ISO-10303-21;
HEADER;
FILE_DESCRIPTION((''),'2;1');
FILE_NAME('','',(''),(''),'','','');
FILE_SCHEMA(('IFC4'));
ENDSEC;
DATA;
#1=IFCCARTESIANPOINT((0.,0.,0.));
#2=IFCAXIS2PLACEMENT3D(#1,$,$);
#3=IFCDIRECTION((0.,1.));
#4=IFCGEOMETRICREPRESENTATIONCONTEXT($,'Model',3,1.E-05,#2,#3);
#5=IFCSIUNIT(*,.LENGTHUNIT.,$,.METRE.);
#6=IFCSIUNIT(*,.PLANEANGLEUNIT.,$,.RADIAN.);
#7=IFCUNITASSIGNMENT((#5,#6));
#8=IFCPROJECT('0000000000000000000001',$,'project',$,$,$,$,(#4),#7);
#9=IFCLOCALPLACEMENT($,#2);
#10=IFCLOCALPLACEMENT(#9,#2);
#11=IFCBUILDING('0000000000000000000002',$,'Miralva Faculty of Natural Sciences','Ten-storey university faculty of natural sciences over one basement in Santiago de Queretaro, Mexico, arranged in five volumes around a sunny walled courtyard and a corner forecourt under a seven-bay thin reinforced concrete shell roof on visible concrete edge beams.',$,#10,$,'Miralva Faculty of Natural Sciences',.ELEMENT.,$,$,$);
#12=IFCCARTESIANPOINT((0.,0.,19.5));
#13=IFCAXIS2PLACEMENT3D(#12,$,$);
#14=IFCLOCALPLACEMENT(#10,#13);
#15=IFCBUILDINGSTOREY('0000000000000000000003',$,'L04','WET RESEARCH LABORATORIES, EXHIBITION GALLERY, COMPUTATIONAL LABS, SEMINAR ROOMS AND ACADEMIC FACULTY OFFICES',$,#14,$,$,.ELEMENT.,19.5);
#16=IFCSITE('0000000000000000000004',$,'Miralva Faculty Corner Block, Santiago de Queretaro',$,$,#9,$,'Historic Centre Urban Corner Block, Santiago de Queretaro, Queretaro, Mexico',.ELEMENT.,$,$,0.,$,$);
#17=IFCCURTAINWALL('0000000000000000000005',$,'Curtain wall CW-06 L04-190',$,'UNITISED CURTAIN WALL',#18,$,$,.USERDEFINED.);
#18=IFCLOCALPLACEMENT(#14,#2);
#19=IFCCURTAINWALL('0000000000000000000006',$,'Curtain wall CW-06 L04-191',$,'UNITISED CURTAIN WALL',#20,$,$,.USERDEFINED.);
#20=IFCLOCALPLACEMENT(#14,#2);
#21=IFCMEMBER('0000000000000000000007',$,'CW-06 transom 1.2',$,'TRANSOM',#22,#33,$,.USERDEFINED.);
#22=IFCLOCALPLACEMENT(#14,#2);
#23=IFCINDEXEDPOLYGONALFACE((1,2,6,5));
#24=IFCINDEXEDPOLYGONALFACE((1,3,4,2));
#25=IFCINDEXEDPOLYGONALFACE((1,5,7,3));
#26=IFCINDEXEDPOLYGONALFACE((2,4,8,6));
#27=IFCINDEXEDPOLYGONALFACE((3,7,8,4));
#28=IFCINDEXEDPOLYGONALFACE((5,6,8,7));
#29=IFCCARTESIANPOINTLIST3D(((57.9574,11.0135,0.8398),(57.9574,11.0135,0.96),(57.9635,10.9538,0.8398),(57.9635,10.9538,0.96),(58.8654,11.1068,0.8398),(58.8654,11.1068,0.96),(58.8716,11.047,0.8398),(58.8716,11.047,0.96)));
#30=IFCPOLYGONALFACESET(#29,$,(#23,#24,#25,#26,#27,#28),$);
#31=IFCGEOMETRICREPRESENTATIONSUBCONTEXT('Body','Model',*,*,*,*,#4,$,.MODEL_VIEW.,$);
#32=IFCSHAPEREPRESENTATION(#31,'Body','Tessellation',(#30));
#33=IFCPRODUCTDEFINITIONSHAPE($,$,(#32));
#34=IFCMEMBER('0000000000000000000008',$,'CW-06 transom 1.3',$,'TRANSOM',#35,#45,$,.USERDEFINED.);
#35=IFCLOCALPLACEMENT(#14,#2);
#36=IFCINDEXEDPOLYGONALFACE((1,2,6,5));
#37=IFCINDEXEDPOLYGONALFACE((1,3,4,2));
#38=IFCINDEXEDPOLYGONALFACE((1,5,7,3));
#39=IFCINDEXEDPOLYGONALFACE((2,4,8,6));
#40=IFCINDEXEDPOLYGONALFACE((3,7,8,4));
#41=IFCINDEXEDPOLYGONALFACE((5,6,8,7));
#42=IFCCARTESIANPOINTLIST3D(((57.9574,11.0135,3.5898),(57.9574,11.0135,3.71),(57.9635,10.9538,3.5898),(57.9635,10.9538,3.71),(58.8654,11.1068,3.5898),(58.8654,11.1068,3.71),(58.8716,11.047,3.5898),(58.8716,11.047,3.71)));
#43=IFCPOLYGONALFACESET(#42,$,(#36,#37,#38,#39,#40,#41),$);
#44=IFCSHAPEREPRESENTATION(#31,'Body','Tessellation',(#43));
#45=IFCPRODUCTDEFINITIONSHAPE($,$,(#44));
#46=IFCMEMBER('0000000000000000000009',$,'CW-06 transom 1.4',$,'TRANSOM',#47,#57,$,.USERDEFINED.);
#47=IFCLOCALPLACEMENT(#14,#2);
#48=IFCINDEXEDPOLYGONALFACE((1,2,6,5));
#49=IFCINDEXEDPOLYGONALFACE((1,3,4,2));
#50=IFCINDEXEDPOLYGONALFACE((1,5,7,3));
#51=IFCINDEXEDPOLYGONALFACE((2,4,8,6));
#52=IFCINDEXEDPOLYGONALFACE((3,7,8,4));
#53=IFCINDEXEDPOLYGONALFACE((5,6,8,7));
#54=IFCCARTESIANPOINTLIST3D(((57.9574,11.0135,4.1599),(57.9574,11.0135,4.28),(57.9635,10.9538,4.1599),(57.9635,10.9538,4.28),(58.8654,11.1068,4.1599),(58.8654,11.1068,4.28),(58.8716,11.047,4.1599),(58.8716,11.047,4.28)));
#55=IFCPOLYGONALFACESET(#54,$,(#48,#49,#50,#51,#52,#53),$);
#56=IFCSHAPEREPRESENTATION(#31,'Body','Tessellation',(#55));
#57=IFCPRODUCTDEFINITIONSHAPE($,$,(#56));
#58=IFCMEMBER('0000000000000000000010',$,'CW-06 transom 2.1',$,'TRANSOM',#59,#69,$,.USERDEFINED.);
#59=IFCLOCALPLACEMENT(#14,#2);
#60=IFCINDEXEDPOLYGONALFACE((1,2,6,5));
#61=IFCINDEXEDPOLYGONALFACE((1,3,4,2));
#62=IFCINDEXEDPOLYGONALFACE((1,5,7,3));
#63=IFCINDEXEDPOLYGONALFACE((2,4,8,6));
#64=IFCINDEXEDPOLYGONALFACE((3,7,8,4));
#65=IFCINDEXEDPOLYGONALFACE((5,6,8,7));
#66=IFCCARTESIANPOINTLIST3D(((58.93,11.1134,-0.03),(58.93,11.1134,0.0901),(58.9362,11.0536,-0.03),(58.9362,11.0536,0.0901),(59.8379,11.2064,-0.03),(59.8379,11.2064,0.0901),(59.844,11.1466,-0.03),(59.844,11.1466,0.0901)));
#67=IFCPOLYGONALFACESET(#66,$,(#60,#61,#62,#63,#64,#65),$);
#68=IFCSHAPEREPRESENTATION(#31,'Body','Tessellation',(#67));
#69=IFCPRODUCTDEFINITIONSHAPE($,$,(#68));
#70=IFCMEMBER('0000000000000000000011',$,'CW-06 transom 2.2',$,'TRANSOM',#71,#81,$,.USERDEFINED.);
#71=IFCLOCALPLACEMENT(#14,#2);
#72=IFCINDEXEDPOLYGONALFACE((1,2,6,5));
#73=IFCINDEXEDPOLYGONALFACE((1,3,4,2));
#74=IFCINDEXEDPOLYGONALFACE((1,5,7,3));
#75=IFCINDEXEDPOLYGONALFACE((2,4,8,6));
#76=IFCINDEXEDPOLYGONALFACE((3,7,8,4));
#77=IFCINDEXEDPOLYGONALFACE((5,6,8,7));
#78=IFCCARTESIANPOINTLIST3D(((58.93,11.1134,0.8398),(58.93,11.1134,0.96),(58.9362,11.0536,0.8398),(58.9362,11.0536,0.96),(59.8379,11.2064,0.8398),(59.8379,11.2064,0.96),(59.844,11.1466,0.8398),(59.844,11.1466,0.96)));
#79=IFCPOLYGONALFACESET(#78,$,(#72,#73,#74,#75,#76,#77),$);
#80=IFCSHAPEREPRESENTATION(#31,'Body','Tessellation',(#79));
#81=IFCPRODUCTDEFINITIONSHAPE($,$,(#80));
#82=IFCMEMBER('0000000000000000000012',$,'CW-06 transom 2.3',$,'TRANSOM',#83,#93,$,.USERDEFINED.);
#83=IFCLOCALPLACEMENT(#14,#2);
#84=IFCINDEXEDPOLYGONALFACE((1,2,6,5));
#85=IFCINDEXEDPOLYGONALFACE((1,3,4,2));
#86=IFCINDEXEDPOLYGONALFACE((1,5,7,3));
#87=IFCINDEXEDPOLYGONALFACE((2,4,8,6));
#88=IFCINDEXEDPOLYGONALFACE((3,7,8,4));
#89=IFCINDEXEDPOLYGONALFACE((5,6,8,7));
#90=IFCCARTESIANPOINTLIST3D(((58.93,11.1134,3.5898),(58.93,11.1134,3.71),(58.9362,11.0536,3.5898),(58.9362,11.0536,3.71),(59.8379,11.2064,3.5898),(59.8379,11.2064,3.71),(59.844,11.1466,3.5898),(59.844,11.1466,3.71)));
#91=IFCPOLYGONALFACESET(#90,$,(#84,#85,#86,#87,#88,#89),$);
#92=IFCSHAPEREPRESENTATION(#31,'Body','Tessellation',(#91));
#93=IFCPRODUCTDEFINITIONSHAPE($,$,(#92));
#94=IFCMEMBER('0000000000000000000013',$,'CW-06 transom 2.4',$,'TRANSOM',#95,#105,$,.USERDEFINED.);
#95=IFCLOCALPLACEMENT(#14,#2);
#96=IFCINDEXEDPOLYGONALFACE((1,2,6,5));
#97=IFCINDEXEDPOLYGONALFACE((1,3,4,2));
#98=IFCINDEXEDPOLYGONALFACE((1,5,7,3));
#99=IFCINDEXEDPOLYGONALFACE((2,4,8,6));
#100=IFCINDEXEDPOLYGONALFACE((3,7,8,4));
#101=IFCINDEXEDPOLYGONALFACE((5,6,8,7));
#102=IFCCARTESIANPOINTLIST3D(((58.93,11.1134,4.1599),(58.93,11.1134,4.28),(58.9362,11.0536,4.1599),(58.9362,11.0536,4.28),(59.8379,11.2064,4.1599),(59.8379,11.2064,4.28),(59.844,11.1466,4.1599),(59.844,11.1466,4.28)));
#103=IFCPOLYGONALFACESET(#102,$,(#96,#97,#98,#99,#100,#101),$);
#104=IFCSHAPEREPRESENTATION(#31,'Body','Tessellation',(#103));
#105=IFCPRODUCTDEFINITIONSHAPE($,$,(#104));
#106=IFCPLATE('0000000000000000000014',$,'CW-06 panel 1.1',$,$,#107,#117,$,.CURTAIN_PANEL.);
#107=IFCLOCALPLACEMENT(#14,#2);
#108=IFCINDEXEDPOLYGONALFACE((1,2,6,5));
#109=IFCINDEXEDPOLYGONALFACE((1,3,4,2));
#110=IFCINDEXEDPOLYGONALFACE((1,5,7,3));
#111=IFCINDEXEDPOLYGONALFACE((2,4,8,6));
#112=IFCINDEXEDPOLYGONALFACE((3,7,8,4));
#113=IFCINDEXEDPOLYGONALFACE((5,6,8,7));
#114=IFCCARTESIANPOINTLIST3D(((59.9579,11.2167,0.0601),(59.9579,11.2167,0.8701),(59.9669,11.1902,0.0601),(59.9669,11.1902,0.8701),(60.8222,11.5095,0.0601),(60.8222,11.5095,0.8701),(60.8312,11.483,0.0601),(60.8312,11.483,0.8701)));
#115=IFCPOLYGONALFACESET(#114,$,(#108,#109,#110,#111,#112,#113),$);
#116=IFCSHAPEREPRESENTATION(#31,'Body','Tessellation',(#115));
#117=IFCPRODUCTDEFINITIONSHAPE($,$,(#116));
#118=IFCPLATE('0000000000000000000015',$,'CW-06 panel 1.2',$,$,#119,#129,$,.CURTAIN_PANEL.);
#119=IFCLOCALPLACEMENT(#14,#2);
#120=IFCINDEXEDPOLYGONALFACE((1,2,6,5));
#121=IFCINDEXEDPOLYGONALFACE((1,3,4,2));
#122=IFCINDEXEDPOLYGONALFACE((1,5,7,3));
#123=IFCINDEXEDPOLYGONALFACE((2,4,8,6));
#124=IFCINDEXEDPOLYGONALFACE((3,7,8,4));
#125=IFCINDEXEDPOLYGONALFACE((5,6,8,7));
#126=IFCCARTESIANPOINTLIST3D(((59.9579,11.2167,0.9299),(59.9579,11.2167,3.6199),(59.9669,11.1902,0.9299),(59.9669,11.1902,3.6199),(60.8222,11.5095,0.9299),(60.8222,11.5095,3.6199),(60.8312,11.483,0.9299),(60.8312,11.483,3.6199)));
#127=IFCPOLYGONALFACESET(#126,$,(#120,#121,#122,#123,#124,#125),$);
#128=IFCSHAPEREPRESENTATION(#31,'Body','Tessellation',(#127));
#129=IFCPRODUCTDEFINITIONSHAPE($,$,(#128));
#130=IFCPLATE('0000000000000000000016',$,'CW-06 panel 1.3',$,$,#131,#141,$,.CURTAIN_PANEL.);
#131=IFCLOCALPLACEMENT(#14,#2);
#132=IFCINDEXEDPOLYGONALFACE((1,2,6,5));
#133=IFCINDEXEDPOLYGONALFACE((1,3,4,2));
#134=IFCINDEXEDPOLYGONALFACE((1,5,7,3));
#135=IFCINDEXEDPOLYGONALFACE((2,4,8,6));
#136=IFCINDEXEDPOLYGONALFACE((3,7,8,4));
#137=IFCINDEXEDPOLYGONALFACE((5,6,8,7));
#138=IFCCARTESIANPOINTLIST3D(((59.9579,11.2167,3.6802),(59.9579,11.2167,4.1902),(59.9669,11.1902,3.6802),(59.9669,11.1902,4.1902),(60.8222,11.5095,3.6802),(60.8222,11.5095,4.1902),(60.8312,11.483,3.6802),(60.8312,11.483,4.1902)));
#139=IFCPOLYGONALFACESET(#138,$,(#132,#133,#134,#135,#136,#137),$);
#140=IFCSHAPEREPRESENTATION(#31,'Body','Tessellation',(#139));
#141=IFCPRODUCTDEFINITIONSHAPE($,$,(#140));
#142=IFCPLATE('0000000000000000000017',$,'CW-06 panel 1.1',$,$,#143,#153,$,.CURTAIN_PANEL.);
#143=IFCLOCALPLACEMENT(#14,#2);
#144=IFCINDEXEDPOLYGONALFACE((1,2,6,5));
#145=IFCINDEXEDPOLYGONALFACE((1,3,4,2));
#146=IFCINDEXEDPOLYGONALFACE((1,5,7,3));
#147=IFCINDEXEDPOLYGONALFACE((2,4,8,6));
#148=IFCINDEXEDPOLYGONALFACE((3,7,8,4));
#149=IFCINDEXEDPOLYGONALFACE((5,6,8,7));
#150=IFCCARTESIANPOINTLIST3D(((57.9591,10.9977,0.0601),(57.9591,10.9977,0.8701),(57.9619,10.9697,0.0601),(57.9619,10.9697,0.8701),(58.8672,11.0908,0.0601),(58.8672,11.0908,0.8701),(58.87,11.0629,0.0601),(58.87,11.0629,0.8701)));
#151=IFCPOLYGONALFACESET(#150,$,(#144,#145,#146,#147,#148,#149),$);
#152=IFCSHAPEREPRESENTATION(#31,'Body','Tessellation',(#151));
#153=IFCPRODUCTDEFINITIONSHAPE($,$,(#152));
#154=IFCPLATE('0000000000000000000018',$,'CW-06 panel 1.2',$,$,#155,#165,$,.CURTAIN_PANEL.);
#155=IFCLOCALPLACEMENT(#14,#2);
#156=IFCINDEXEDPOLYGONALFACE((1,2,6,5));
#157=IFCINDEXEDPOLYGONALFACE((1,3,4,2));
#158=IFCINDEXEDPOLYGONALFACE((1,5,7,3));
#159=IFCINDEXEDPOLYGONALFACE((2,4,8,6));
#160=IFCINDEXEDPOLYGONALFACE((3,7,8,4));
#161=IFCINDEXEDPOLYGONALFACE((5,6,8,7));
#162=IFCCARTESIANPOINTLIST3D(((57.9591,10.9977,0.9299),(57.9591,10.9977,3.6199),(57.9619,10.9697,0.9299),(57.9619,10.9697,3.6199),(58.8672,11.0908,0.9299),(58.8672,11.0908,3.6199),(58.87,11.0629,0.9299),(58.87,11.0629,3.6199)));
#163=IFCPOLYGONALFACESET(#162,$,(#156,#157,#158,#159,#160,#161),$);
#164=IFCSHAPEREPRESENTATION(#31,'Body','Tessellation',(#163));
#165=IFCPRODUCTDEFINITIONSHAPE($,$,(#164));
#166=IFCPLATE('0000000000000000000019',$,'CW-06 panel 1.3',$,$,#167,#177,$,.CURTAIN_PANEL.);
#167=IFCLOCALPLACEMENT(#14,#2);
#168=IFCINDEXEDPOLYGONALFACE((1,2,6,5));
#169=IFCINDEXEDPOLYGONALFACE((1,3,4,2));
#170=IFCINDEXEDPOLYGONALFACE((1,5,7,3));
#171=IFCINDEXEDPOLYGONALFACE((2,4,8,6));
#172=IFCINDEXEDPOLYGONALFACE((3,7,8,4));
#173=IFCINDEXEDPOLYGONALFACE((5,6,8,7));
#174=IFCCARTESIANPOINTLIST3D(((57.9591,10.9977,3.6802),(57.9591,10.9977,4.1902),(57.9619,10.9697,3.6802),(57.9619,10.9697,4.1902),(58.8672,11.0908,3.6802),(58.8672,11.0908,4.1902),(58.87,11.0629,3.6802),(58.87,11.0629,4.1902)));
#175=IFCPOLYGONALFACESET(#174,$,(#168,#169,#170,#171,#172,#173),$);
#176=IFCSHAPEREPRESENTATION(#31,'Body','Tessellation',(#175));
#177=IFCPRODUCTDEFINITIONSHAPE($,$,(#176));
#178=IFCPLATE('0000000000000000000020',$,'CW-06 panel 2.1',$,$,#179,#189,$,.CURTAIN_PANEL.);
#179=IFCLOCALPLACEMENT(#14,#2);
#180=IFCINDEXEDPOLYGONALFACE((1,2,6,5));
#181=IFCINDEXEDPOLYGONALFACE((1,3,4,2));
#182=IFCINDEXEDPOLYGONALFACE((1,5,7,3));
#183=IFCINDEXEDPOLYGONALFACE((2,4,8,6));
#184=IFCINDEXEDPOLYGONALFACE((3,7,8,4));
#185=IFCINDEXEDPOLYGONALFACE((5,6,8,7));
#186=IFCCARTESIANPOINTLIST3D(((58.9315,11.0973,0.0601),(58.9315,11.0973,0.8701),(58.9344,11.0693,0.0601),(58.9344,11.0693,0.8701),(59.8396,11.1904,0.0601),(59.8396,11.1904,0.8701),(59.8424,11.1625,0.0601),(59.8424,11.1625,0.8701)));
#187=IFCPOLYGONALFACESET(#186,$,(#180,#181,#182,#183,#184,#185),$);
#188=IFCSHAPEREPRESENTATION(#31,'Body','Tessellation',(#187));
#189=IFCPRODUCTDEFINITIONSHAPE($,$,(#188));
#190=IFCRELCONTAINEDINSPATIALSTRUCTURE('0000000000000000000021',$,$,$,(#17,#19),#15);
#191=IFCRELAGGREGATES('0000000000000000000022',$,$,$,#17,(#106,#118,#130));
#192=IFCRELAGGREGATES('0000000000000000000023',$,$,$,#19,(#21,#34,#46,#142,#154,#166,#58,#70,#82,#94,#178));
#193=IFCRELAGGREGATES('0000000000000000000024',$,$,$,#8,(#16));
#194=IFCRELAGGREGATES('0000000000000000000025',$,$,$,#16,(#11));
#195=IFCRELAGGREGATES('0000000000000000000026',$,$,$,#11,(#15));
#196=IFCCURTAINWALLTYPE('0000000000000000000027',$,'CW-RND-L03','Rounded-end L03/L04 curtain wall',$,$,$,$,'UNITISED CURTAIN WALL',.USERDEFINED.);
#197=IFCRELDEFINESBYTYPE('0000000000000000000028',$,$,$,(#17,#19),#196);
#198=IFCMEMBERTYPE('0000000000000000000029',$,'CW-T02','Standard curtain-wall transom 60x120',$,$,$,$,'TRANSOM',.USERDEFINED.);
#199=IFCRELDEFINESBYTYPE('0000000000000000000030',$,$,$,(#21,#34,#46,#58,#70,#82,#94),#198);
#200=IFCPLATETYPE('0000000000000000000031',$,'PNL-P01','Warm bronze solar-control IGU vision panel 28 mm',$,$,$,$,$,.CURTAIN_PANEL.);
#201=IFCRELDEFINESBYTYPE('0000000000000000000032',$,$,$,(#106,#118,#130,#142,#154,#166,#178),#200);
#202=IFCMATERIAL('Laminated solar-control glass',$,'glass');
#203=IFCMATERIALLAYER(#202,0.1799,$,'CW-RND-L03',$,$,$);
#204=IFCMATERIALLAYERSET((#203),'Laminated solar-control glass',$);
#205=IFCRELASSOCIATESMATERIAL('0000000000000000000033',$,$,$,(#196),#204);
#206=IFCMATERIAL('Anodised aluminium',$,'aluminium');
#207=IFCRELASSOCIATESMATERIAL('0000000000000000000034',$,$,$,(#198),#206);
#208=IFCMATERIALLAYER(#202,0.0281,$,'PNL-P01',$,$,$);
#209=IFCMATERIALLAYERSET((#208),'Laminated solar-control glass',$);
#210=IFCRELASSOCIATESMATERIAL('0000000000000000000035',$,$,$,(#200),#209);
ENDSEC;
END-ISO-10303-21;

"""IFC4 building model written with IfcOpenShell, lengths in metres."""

from ifc_helpers import new_model, si_unit, direction, frame, origin, origin_2d, place, context, subcontext, project, spatial, rectangle, extrude, material, layer, layer_set, material_profile, profile_set, type_object, element, aggregate, save


model = new_model("IFC4")

# Units and contexts
model_context = context("Model", 3, precision=1e-05, world=origin(), true_north=direction((0.0, 1.0)))
body_context = subcontext(model_context, "Body", "Model", "MODEL_VIEW")
ifc_project = project(units=[si_unit("LENGTHUNIT", "METRE"), si_unit("PLANEANGLEUNIT", "RADIAN")], contexts=[model_context])

# Site, building, storey
site_placement = place(None, origin())
site = spatial("IfcSite", under=ifc_project, at=site_placement, Name="Miralva Faculty Corner Block, Santiago de Queretaro", LongName="Historic Centre Urban Corner Block, Santiago de Queretaro, Queretaro, Mexico", CompositionType="ELEMENT", RefElevation=0.0)
building_placement = place(site_placement, origin())
building = spatial("IfcBuilding", under=site, at=building_placement, Name="Miralva Faculty of Natural Sciences", Description="Ten-storey university faculty of natural sciences over one basement in Santiago de Queretaro, Mexico, arranged in five volumes around a sunny walled courtyard and a corner forecourt under a seven-bay thin reinforced concrete shell roof on visible concrete edge beams.", LongName="Miralva Faculty of Natural Sciences", CompositionType="ELEMENT")
storey_placement = place(building_placement, frame((0.0, 0.0, 19.5)))
storey = spatial("IfcBuildingStorey", under=building, at=storey_placement, Name="L04", Description="WET RESEARCH LABORATORIES, EXHIBITION GALLERY, COMPUTATIONAL LABS, SEMINAR ROOMS AND ACADEMIC FACULTY OFFICES", CompositionType="ELEMENT", Elevation=19.5)

# Curtain walls
ifc_material_1 = material(Name="Laminated solar-control glass", Category="glass")
ifc_layer_1 = layer(ifc_material_1, 0.1799, Name="CW-RND-L03")
ifc_layer_set_1 = layer_set([ifc_layer_1], Name="Laminated solar-control glass")
curtain_wall_type = type_object("IfcCurtainWallType", Name="CW-RND-L03", Description="Rounded-end L03/L04 curtain wall", ElementType="UNITISED CURTAIN WALL", PredefinedType="USERDEFINED", material=ifc_layer_set_1)
curtain_wall_1_placement = place(storey_placement, origin())
curtain_wall_1 = element("IfcCurtainWall", 1, at=curtain_wall_1_placement, inside=storey, type_object=curtain_wall_type, Name="Curtain wall CW-06 L04-190", ObjectType="UNITISED CURTAIN WALL", PredefinedType="USERDEFINED")
ifc_material_2 = material(Name="Anodised aluminium", Category="aluminium")
curtain_wall_2_placement = place(storey_placement, origin())
curtain_wall_2 = element("IfcCurtainWall", 2, at=curtain_wall_2_placement, inside=storey, type_object=curtain_wall_type, Name="Curtain wall CW-06 L04-191", ObjectType="UNITISED CURTAIN WALL", PredefinedType="USERDEFINED")

# Members
ifc_material_profile_1 = material_profile(ifc_material_2, rectangle(XDim=0.0601, YDim=0.1201, at=origin_2d()), Name="TRANSOM 60x120")
ifc_profile_set_1 = profile_set([ifc_material_profile_1], Name="Anodised aluminium")
member_type_1 = type_object("IfcMemberType", Name="CW-T02", Description="Standard curtain-wall transom 60x120", ElementType="TRANSOM", PredefinedType="USERDEFINED", material=ifc_profile_set_1)
member_1_placement = place(storey_placement, frame((57.9604, 10.9836, 0.8999), z_axis=(0.994766, 0.102178, 0.0), x_axis=(-0.102178, 0.994766, 0.0)))
member_1 = element("IfcMember", 3, at=member_1_placement, type_object=member_type_1, Name="CW-06 transom 1.2", ObjectType="TRANSOM", PredefinedType="USERDEFINED", context=body_context, shape_type="SweptSolid", body=[
    extrude(rectangle(XDim=0.0601, YDim=0.1201, at=origin_2d()), origin(), (0.0, 0.0, 1.0), 0.9128),
])
member_2_placement = place(storey_placement, frame((57.9604, 10.9836, 3.6499), z_axis=(0.994766, 0.102178, 0.0), x_axis=(-0.102178, 0.994766, 0.0)))
member_2 = element("IfcMember", 4, at=member_2_placement, type_object=member_type_1, Name="CW-06 transom 1.3", ObjectType="TRANSOM", PredefinedType="USERDEFINED", context=body_context, shape_type="SweptSolid", body=[
    extrude(rectangle(XDim=0.0601, YDim=0.1201, at=origin_2d()), origin(), (0.0, 0.0, 1.0), 0.9128),
])
member_3_placement = place(storey_placement, frame((57.9604, 10.9836, 4.22), z_axis=(0.994766, 0.102178, 0.0), x_axis=(-0.102178, 0.994766, 0.0)))
member_3 = element("IfcMember", 5, at=member_3_placement, type_object=member_type_1, Name="CW-06 transom 1.4", ObjectType="TRANSOM", PredefinedType="USERDEFINED", context=body_context, shape_type="SweptSolid", body=[
    extrude(rectangle(XDim=0.0601, YDim=0.1201, at=origin_2d()), origin(), (0.0, 0.0, 1.0), 0.9128),
])
member_4_placement = place(storey_placement, frame((58.9331, 11.0835, 0.03), z_axis=(0.994793, 0.101913, 0.0), x_axis=(-0.101913, 0.994793, 0.0)))
member_4 = element("IfcMember", 6, at=member_4_placement, type_object=member_type_1, Name="CW-06 transom 2.1", ObjectType="TRANSOM", PredefinedType="USERDEFINED", context=body_context, shape_type="SweptSolid", body=[
    extrude(rectangle(XDim=0.0601, YDim=0.1201, at=origin_2d()), origin(), (0.0, 0.0, 1.0), 0.9126),
])
member_5_placement = place(storey_placement, frame((58.9331, 11.0835, 0.8999), z_axis=(0.994793, 0.101913, 0.0), x_axis=(-0.101913, 0.994793, 0.0)))
member_5 = element("IfcMember", 7, at=member_5_placement, type_object=member_type_1, Name="CW-06 transom 2.2", ObjectType="TRANSOM", PredefinedType="USERDEFINED", context=body_context, shape_type="SweptSolid", body=[
    extrude(rectangle(XDim=0.0601, YDim=0.1201, at=origin_2d()), origin(), (0.0, 0.0, 1.0), 0.9126),
])
member_6_placement = place(storey_placement, frame((58.9331, 11.0835, 3.6499), z_axis=(0.994793, 0.101913, 0.0), x_axis=(-0.101913, 0.994793, 0.0)))
member_6 = element("IfcMember", 8, at=member_6_placement, type_object=member_type_1, Name="CW-06 transom 2.3", ObjectType="TRANSOM", PredefinedType="USERDEFINED", context=body_context, shape_type="SweptSolid", body=[
    extrude(rectangle(XDim=0.0601, YDim=0.1201, at=origin_2d()), origin(), (0.0, 0.0, 1.0), 0.9126),
])
member_7_placement = place(storey_placement, frame((58.9331, 11.0835, 4.22), z_axis=(0.994793, 0.101913, 0.0), x_axis=(-0.101913, 0.994793, 0.0)))
member_7 = element("IfcMember", 9, at=member_7_placement, type_object=member_type_1, Name="CW-06 transom 2.4", ObjectType="TRANSOM", PredefinedType="USERDEFINED", context=body_context, shape_type="SweptSolid", body=[
    extrude(rectangle(XDim=0.0601, YDim=0.1201, at=origin_2d()), origin(), (0.0, 0.0, 1.0), 0.9126),
])

# Plates
ifc_layer_2 = layer(ifc_material_1, 0.0281, Name="PNL-P01")
ifc_layer_set_2 = layer_set([ifc_layer_2], Name="Laminated solar-control glass")
plate_type = type_object("IfcPlateType", Name="PNL-P01", Description="Warm bronze solar-control IGU vision panel 28 mm", PredefinedType="CURTAIN_PANEL", material=ifc_layer_set_2)
plate_1_placement = place(storey_placement, frame((60.3945, 11.3499, 0.0601), z_axis=(0.0, 0.0, 1.0), x_axis=(0.947133, 0.320842, 0.0)))
plate_1 = element("IfcPlate", 10, at=plate_1_placement, type_object=plate_type, Name="CW-06 panel 1.1", PredefinedType="CURTAIN_PANEL", context=body_context, shape_type="SweptSolid", body=[
    extrude(rectangle(XDim=0.9126, YDim=0.0281, at=origin_2d()), origin(), (0.0, 0.0, 1.0), 0.8101),
])
plate_2_placement = place(storey_placement, frame((60.3945, 11.3499, 0.9299), z_axis=(0.0, 0.0, 1.0), x_axis=(0.947133, 0.320842, 0.0)))
plate_2 = element("IfcPlate", 11, at=plate_2_placement, type_object=plate_type, Name="CW-06 panel 1.2", PredefinedType="CURTAIN_PANEL", context=body_context, shape_type="SweptSolid", body=[
    extrude(rectangle(XDim=0.9126, YDim=0.0281, at=origin_2d()), origin(), (0.0, 0.0, 1.0), 2.6899),
])
plate_3_placement = place(storey_placement, frame((60.3945, 11.3499, 3.6802), z_axis=(0.0, 0.0, 1.0), x_axis=(0.947133, 0.320842, 0.0)))
plate_3 = element("IfcPlate", 12, at=plate_3_placement, type_object=plate_type, Name="CW-06 panel 1.3", PredefinedType="CURTAIN_PANEL", context=body_context, shape_type="SweptSolid", body=[
    extrude(rectangle(XDim=0.9126, YDim=0.0281, at=origin_2d()), origin(), (0.0, 0.0, 1.0), 0.51),
])
aggregate(curtain_wall_1, [plate_1, plate_2, plate_3])
plate_4_placement = place(storey_placement, frame((58.4146, 11.0303, 0.0601), z_axis=(0.0, 0.0, 1.0), x_axis=(0.994779, 0.102056, 0.0)))
plate_4 = element("IfcPlate", 13, at=plate_4_placement, type_object=plate_type, Name="CW-06 panel 1.1", PredefinedType="CURTAIN_PANEL", context=body_context, shape_type="SweptSolid", body=[
    extrude(rectangle(XDim=0.9128, YDim=0.0281, at=origin_2d()), origin(), (0.0, 0.0, 1.0), 0.8101),
])
plate_5_placement = place(storey_placement, frame((58.4146, 11.0303, 0.9299), z_axis=(0.0, 0.0, 1.0), x_axis=(0.994779, 0.102056, 0.0)))
plate_5 = element("IfcPlate", 14, at=plate_5_placement, type_object=plate_type, Name="CW-06 panel 1.2", PredefinedType="CURTAIN_PANEL", context=body_context, shape_type="SweptSolid", body=[
    extrude(rectangle(XDim=0.9128, YDim=0.0281, at=origin_2d()), origin(), (0.0, 0.0, 1.0), 2.6899),
])
plate_6_placement = place(storey_placement, frame((58.4146, 11.0303, 3.6802), z_axis=(0.0, 0.0, 1.0), x_axis=(0.994779, 0.102056, 0.0)))
plate_6 = element("IfcPlate", 15, at=plate_6_placement, type_object=plate_type, Name="CW-06 panel 1.3", PredefinedType="CURTAIN_PANEL", context=body_context, shape_type="SweptSolid", body=[
    extrude(rectangle(XDim=0.9128, YDim=0.0281, at=origin_2d()), origin(), (0.0, 0.0, 1.0), 0.51),
])
plate_7_placement = place(storey_placement, frame((59.387, 11.1299, 0.0601), z_axis=(0.0, 0.0, 1.0), x_axis=(0.994779, 0.102056, 0.0)))
plate_7 = element("IfcPlate", 16, at=plate_7_placement, type_object=plate_type, Name="CW-06 panel 2.1", PredefinedType="CURTAIN_PANEL", context=body_context, shape_type="SweptSolid", body=[
    extrude(rectangle(XDim=0.9128, YDim=0.0281, at=origin_2d()), origin(), (0.0, 0.0, 1.0), 0.8101),
])
aggregate(curtain_wall_2, [member_1, member_2, member_3, plate_4, plate_5, plate_6, member_4, member_5, member_6, member_7, plate_7])

save(model, "model.ifc")
